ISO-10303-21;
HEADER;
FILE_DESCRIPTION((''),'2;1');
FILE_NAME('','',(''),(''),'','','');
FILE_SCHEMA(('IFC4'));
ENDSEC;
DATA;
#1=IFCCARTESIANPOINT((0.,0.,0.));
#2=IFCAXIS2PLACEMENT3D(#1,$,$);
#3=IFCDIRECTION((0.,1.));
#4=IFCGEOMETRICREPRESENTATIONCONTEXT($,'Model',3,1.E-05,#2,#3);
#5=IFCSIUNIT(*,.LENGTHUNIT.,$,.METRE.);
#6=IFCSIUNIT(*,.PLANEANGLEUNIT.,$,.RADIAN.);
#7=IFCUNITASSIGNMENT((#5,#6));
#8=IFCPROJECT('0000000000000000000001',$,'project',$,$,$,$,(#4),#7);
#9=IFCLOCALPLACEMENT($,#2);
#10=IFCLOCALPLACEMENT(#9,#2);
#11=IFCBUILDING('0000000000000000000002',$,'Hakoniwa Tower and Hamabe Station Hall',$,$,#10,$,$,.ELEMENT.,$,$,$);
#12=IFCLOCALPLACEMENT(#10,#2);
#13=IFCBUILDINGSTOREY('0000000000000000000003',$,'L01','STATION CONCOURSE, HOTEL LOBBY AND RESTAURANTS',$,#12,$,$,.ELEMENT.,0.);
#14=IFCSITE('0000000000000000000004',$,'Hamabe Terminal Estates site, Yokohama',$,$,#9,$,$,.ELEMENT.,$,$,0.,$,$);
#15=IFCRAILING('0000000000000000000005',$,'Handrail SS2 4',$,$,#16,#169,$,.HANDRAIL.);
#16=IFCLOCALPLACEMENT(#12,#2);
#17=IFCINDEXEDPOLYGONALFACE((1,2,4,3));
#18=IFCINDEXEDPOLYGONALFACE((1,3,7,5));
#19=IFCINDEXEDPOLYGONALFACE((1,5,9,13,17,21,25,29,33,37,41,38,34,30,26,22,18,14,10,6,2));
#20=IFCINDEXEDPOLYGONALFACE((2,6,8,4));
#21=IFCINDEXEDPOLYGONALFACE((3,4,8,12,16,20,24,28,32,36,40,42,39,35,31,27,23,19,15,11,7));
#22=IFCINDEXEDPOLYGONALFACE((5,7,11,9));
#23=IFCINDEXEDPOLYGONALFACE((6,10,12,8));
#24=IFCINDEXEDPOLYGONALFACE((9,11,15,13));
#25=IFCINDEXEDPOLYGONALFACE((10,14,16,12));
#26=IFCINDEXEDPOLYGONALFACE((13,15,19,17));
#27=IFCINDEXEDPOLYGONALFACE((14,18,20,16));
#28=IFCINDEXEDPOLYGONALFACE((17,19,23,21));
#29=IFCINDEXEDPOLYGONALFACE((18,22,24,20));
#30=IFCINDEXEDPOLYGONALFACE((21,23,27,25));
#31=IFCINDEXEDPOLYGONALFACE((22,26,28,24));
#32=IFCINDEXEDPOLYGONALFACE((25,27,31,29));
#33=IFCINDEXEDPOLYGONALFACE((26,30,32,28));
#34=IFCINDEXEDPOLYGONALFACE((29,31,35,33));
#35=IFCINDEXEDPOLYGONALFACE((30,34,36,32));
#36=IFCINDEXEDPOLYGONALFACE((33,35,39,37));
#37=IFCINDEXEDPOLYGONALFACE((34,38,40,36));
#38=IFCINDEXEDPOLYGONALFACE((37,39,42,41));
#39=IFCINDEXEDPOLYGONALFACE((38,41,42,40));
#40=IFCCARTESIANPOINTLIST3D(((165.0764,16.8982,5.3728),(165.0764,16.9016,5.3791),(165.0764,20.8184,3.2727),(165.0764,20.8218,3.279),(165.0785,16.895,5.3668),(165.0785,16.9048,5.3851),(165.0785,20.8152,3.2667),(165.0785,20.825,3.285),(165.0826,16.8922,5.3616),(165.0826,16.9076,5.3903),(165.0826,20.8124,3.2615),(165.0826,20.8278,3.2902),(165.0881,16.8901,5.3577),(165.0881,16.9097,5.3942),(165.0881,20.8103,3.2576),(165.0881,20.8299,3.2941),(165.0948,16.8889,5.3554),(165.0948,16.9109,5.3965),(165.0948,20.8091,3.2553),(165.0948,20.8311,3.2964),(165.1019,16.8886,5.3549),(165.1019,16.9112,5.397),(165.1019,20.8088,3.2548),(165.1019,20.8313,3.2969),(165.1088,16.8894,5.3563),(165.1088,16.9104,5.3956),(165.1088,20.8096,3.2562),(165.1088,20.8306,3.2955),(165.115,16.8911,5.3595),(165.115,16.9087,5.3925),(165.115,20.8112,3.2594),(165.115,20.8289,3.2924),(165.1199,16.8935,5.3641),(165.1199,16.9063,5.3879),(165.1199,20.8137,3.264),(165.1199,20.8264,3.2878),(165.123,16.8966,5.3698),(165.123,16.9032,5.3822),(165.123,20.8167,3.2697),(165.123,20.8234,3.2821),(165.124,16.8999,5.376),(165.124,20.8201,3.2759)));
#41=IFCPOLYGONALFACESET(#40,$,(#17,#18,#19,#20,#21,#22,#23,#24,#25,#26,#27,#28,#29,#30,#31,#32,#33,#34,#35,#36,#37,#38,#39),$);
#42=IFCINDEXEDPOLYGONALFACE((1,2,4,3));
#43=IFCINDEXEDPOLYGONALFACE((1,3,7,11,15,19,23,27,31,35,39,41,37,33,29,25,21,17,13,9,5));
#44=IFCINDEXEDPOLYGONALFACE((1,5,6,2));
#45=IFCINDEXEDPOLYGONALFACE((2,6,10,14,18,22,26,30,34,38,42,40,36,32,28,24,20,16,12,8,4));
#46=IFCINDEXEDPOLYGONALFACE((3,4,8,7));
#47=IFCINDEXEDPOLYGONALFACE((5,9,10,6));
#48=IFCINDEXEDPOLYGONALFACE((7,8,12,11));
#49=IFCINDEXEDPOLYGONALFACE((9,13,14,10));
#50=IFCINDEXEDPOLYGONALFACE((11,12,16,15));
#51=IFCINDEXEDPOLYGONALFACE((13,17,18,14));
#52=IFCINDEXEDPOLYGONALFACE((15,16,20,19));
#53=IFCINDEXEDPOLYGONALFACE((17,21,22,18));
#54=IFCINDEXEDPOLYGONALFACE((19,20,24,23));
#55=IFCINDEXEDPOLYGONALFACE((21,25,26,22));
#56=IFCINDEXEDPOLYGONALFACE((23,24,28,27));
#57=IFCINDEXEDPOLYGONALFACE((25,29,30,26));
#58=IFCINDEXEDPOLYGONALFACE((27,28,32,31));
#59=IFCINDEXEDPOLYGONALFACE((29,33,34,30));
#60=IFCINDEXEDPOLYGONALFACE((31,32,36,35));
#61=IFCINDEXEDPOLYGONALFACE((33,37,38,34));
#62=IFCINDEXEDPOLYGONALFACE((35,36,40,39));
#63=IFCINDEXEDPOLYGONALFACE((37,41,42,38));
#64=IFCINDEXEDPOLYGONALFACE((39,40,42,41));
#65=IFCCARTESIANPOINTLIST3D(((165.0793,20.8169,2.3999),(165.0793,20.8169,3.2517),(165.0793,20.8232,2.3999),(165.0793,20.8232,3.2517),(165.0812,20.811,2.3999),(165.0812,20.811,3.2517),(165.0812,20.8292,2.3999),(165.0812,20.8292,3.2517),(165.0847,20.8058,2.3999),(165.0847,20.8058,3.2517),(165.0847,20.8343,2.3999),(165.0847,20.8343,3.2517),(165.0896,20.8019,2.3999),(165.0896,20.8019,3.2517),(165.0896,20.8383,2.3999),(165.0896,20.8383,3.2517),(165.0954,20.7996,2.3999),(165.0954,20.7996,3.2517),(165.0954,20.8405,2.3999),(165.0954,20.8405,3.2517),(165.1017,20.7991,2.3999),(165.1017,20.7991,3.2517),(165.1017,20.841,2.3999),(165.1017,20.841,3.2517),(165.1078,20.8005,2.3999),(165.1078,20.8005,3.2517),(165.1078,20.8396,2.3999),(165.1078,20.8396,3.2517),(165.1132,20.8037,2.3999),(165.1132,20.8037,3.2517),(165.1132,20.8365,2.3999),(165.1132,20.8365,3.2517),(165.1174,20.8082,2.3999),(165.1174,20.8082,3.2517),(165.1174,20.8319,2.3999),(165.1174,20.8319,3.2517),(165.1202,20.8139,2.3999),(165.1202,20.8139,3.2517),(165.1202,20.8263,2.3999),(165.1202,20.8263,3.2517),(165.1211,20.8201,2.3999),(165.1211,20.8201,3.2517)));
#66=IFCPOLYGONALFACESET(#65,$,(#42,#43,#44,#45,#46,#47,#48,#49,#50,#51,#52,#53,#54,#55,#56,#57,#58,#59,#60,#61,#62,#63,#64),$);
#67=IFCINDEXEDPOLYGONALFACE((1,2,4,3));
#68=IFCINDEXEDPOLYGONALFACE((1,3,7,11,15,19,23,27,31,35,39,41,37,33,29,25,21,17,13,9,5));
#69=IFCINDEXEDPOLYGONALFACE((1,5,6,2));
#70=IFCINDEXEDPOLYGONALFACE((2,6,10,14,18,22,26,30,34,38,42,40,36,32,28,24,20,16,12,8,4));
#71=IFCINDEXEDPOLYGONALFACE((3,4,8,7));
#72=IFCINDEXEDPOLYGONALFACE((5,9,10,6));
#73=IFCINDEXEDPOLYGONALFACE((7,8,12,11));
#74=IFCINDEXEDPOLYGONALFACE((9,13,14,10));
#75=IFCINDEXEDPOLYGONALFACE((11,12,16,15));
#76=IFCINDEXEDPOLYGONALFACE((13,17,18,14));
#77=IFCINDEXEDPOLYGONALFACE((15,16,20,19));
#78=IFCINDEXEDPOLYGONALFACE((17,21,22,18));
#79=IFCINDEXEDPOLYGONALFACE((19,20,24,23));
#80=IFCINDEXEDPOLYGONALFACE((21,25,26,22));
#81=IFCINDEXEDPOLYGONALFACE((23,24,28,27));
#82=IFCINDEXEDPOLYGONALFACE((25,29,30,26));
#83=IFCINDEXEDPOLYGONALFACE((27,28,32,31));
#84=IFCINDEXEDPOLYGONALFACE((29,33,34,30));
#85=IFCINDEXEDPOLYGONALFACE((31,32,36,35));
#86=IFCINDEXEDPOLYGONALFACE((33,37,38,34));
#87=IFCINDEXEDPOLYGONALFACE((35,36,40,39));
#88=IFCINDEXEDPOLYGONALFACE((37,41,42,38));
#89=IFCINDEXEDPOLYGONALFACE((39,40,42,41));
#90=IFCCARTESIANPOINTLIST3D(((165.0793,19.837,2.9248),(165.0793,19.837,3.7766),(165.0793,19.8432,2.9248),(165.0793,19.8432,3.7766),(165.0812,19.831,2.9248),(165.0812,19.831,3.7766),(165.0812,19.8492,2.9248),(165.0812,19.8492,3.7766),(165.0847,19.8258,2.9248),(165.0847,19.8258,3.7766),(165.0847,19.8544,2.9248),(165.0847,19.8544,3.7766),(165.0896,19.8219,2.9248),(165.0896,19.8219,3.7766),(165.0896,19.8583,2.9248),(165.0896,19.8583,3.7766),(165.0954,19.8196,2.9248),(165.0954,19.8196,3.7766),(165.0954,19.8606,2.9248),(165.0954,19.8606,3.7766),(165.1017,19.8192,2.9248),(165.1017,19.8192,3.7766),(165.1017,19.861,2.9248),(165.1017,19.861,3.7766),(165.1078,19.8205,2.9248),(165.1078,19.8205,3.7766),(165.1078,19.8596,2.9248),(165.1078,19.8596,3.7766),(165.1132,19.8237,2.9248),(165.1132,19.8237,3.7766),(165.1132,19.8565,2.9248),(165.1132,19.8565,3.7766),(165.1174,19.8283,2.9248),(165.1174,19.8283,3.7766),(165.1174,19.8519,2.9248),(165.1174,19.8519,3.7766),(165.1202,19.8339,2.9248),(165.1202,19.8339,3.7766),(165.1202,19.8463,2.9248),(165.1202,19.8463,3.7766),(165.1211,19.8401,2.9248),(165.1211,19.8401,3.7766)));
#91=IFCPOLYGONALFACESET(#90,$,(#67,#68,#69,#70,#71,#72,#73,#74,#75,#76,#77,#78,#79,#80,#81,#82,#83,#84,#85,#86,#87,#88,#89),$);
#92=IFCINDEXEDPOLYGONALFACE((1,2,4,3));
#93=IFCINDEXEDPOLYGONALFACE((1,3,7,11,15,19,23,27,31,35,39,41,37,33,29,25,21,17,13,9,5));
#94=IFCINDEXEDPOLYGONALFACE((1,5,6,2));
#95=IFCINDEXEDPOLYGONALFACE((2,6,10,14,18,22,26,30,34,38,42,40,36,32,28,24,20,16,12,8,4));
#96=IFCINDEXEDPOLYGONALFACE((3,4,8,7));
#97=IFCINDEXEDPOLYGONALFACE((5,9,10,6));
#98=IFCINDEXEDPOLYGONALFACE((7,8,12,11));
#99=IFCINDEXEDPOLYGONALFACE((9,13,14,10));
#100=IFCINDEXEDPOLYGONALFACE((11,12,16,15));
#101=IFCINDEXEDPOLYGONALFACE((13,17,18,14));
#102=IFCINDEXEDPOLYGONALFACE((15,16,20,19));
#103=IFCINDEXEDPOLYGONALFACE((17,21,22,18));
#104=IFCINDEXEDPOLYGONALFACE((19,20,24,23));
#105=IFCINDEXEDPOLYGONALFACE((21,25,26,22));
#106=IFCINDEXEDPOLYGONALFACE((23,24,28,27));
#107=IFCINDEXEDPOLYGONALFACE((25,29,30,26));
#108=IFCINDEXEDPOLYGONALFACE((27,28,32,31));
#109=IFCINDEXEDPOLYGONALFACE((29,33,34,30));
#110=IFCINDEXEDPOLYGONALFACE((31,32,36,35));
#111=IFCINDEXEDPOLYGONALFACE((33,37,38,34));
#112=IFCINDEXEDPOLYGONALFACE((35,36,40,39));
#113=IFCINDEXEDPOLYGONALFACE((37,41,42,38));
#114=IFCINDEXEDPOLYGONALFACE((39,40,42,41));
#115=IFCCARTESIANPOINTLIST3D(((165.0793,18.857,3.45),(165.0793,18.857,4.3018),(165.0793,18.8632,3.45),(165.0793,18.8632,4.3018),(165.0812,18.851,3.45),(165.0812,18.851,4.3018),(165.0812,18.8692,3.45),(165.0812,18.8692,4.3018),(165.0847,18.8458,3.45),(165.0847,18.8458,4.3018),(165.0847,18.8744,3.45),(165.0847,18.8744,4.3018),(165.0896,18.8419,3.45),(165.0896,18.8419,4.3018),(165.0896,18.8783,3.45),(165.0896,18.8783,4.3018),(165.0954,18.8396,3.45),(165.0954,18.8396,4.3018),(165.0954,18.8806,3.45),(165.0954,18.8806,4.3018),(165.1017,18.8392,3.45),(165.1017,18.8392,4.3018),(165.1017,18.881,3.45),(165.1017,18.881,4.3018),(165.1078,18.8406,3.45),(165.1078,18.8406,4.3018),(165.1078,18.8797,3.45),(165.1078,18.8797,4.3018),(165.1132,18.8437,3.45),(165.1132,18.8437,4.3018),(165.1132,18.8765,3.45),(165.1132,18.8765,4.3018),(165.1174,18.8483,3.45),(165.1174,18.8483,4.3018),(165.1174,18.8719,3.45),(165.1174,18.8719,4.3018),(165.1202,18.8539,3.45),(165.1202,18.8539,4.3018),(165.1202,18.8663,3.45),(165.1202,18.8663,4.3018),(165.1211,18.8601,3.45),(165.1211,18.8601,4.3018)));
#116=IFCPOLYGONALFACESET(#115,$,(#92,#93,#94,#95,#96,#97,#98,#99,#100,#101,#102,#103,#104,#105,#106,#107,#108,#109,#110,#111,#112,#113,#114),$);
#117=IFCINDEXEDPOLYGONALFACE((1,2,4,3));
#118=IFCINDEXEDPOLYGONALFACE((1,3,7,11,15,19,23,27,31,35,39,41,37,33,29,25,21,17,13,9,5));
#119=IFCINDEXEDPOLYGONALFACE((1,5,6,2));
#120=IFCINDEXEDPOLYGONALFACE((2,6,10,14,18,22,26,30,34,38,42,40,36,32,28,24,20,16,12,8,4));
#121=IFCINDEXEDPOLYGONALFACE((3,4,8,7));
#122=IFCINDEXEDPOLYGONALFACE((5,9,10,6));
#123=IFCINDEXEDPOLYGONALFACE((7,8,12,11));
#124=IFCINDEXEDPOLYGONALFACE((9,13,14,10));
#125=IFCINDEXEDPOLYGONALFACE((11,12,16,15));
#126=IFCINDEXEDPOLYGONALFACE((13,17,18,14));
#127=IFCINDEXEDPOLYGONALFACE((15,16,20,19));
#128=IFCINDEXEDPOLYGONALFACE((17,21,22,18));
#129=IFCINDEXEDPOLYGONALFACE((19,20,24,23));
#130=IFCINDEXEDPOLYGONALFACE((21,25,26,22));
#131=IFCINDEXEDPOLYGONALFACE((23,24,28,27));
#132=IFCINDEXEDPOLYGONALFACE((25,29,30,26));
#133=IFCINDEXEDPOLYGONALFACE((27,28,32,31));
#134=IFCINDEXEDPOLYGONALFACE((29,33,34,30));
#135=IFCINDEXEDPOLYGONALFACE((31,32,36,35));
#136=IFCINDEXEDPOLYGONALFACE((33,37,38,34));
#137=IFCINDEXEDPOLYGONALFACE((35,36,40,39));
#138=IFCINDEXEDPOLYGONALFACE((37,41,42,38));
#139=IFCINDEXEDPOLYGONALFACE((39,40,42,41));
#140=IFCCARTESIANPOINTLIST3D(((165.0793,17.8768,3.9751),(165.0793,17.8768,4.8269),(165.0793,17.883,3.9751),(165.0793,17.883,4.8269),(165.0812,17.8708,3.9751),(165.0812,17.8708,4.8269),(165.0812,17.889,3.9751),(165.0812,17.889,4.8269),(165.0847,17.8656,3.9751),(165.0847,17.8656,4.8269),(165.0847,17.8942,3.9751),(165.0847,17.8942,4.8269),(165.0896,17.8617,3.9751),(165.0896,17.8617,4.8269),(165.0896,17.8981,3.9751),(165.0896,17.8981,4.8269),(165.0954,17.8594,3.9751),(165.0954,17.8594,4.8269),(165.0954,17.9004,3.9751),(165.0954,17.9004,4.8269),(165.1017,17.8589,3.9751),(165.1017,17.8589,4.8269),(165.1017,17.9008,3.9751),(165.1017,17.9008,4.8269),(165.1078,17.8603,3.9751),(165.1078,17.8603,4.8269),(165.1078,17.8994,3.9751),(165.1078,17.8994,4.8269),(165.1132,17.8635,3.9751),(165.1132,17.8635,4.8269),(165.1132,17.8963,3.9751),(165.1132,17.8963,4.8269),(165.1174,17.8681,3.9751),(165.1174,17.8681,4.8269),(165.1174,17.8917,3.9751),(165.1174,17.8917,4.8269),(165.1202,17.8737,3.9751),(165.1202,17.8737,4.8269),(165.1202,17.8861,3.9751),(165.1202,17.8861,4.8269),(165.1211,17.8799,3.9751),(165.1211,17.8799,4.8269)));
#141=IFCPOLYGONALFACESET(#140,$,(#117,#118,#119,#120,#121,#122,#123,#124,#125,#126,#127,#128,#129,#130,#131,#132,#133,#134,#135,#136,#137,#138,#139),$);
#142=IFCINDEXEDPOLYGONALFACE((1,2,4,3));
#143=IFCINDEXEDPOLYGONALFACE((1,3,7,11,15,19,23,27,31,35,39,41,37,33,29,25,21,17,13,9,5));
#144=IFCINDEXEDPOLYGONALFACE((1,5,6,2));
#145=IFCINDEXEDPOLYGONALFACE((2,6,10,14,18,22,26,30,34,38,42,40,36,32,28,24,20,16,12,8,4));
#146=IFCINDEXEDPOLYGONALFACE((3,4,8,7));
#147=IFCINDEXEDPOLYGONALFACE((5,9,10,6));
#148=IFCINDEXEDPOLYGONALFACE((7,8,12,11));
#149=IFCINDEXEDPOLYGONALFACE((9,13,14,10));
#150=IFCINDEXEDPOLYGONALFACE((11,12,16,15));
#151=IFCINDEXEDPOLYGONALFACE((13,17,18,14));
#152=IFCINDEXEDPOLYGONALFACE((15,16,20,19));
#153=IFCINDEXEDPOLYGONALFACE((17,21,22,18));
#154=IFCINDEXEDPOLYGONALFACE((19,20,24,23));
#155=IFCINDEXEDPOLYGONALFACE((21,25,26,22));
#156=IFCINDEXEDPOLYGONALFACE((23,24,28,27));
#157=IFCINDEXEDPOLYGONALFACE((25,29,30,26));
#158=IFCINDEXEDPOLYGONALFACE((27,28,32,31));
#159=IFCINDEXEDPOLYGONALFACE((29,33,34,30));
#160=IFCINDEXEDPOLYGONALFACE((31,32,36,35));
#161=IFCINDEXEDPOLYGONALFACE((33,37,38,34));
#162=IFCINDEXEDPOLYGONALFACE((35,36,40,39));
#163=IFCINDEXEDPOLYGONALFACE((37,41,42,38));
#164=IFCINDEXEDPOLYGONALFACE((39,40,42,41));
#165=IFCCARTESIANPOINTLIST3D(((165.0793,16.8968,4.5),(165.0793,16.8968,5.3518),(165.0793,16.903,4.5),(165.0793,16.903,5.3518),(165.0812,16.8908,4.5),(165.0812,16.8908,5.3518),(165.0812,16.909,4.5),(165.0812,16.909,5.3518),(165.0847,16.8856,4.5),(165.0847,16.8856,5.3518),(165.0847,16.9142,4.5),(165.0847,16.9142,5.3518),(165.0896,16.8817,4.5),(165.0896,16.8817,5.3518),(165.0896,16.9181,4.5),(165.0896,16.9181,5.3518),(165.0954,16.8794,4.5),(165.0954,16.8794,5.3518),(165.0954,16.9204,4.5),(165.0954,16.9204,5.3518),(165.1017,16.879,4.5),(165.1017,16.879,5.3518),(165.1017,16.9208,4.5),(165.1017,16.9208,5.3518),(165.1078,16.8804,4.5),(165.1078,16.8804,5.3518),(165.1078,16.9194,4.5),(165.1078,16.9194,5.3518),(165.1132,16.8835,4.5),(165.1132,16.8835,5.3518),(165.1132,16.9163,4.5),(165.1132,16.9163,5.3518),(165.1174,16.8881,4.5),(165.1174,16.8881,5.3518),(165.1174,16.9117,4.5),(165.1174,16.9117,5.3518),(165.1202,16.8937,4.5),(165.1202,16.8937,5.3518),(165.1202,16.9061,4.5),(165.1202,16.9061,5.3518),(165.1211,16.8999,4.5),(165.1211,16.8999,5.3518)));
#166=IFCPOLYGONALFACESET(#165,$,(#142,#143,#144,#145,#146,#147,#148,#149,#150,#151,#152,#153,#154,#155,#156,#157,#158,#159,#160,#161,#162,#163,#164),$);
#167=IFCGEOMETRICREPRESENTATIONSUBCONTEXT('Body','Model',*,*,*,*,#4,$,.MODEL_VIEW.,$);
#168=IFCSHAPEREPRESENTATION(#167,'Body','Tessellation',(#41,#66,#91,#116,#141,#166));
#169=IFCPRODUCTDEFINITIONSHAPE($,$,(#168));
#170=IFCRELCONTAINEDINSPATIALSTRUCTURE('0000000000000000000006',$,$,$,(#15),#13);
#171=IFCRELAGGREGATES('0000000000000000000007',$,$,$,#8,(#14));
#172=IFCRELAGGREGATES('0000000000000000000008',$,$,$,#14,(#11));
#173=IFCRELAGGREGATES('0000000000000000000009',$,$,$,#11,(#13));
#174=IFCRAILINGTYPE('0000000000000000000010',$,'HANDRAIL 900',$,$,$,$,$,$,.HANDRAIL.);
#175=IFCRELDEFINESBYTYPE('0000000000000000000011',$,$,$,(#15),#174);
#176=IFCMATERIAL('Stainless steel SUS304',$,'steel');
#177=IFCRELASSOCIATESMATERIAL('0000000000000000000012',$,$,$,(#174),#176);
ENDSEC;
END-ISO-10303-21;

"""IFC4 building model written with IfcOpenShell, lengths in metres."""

from ifc_helpers import new_model, si_unit, direction, frame, origin, origin_2d, place, context, subcontext, project, spatial, circle, extrude, material, type_object, element, save


model = new_model("IFC4")

# Units and contexts
model_context = context("Model", 3, precision=1e-05, world=origin(), true_north=direction((0.0, 1.0)))
body_context = subcontext(model_context, "Body", "Model", "MODEL_VIEW")
ifc_project = project(units=[si_unit("LENGTHUNIT", "METRE"), si_unit("PLANEANGLEUNIT", "RADIAN")], contexts=[model_context])

# Site, building, storey
site_placement = place(None, origin())
site = spatial("IfcSite", under=ifc_project, at=site_placement, Name="Hamabe Terminal Estates site, Yokohama", CompositionType="ELEMENT", RefElevation=0.0)
building_placement = place(site_placement, origin())
building = spatial("IfcBuilding", under=site, at=building_placement, Name="Hakoniwa Tower and Hamabe Station Hall", CompositionType="ELEMENT")
storey_placement = place(building_placement, origin())
storey = spatial("IfcBuildingStorey", under=building, at=storey_placement, Name="L01", Description="STATION CONCOURSE, HOTEL LOBBY AND RESTAURANTS", CompositionType="ELEMENT", Elevation=0.0)

# Railing
ifc_material_1 = material(Name="Stainless steel SUS304", Category="steel")
railing_type = type_object("IfcRailingType", Name="HANDRAIL 900", PredefinedType="HANDRAIL", material=ifc_material_1)
for number, where, name in (
    (1, (165.1001, 20.8201, 2.3999), "Handrail SS2 4"),
):
    element("IfcRailing", number, at=place(storey_placement, frame(where)), inside=storey, type_object=railing_type, Name=name, PredefinedType="HANDRAIL", context=body_context, shape_type="SweptSolid", body=[
        extrude(circle(Radius=0.0239, at=origin_2d()), frame((0.0, 0.0, 0.876), z_axis=(0.0, -0.881479, 0.472223), x_axis=(1.0, 0.0, 0.0)), (0.0, 0.0, 1.0), 4.4473),
        extrude(circle(Radius=0.021, at=origin_2d()), origin(), (0.0, 0.0, 1.0), 0.8518),
        extrude(circle(Radius=0.021, at=origin_2d()), frame((0.0, -0.98, 0.5249)), (0.0, 0.0, 1.0), 0.8518),
        extrude(circle(Radius=0.021, at=origin_2d()), frame((0.0, -1.96, 1.05)), (0.0, 0.0, 1.0), 0.8518),
        extrude(circle(Radius=0.021, at=origin_2d()), frame((0.0, -2.9402, 1.5752)), (0.0, 0.0, 1.0), 0.8518),
        extrude(circle(Radius=0.021, at=origin_2d()), frame((0.0, -3.9202, 2.1001)), (0.0, 0.0, 1.0), 0.8518),
    ])

save(model, "model.ifc")
